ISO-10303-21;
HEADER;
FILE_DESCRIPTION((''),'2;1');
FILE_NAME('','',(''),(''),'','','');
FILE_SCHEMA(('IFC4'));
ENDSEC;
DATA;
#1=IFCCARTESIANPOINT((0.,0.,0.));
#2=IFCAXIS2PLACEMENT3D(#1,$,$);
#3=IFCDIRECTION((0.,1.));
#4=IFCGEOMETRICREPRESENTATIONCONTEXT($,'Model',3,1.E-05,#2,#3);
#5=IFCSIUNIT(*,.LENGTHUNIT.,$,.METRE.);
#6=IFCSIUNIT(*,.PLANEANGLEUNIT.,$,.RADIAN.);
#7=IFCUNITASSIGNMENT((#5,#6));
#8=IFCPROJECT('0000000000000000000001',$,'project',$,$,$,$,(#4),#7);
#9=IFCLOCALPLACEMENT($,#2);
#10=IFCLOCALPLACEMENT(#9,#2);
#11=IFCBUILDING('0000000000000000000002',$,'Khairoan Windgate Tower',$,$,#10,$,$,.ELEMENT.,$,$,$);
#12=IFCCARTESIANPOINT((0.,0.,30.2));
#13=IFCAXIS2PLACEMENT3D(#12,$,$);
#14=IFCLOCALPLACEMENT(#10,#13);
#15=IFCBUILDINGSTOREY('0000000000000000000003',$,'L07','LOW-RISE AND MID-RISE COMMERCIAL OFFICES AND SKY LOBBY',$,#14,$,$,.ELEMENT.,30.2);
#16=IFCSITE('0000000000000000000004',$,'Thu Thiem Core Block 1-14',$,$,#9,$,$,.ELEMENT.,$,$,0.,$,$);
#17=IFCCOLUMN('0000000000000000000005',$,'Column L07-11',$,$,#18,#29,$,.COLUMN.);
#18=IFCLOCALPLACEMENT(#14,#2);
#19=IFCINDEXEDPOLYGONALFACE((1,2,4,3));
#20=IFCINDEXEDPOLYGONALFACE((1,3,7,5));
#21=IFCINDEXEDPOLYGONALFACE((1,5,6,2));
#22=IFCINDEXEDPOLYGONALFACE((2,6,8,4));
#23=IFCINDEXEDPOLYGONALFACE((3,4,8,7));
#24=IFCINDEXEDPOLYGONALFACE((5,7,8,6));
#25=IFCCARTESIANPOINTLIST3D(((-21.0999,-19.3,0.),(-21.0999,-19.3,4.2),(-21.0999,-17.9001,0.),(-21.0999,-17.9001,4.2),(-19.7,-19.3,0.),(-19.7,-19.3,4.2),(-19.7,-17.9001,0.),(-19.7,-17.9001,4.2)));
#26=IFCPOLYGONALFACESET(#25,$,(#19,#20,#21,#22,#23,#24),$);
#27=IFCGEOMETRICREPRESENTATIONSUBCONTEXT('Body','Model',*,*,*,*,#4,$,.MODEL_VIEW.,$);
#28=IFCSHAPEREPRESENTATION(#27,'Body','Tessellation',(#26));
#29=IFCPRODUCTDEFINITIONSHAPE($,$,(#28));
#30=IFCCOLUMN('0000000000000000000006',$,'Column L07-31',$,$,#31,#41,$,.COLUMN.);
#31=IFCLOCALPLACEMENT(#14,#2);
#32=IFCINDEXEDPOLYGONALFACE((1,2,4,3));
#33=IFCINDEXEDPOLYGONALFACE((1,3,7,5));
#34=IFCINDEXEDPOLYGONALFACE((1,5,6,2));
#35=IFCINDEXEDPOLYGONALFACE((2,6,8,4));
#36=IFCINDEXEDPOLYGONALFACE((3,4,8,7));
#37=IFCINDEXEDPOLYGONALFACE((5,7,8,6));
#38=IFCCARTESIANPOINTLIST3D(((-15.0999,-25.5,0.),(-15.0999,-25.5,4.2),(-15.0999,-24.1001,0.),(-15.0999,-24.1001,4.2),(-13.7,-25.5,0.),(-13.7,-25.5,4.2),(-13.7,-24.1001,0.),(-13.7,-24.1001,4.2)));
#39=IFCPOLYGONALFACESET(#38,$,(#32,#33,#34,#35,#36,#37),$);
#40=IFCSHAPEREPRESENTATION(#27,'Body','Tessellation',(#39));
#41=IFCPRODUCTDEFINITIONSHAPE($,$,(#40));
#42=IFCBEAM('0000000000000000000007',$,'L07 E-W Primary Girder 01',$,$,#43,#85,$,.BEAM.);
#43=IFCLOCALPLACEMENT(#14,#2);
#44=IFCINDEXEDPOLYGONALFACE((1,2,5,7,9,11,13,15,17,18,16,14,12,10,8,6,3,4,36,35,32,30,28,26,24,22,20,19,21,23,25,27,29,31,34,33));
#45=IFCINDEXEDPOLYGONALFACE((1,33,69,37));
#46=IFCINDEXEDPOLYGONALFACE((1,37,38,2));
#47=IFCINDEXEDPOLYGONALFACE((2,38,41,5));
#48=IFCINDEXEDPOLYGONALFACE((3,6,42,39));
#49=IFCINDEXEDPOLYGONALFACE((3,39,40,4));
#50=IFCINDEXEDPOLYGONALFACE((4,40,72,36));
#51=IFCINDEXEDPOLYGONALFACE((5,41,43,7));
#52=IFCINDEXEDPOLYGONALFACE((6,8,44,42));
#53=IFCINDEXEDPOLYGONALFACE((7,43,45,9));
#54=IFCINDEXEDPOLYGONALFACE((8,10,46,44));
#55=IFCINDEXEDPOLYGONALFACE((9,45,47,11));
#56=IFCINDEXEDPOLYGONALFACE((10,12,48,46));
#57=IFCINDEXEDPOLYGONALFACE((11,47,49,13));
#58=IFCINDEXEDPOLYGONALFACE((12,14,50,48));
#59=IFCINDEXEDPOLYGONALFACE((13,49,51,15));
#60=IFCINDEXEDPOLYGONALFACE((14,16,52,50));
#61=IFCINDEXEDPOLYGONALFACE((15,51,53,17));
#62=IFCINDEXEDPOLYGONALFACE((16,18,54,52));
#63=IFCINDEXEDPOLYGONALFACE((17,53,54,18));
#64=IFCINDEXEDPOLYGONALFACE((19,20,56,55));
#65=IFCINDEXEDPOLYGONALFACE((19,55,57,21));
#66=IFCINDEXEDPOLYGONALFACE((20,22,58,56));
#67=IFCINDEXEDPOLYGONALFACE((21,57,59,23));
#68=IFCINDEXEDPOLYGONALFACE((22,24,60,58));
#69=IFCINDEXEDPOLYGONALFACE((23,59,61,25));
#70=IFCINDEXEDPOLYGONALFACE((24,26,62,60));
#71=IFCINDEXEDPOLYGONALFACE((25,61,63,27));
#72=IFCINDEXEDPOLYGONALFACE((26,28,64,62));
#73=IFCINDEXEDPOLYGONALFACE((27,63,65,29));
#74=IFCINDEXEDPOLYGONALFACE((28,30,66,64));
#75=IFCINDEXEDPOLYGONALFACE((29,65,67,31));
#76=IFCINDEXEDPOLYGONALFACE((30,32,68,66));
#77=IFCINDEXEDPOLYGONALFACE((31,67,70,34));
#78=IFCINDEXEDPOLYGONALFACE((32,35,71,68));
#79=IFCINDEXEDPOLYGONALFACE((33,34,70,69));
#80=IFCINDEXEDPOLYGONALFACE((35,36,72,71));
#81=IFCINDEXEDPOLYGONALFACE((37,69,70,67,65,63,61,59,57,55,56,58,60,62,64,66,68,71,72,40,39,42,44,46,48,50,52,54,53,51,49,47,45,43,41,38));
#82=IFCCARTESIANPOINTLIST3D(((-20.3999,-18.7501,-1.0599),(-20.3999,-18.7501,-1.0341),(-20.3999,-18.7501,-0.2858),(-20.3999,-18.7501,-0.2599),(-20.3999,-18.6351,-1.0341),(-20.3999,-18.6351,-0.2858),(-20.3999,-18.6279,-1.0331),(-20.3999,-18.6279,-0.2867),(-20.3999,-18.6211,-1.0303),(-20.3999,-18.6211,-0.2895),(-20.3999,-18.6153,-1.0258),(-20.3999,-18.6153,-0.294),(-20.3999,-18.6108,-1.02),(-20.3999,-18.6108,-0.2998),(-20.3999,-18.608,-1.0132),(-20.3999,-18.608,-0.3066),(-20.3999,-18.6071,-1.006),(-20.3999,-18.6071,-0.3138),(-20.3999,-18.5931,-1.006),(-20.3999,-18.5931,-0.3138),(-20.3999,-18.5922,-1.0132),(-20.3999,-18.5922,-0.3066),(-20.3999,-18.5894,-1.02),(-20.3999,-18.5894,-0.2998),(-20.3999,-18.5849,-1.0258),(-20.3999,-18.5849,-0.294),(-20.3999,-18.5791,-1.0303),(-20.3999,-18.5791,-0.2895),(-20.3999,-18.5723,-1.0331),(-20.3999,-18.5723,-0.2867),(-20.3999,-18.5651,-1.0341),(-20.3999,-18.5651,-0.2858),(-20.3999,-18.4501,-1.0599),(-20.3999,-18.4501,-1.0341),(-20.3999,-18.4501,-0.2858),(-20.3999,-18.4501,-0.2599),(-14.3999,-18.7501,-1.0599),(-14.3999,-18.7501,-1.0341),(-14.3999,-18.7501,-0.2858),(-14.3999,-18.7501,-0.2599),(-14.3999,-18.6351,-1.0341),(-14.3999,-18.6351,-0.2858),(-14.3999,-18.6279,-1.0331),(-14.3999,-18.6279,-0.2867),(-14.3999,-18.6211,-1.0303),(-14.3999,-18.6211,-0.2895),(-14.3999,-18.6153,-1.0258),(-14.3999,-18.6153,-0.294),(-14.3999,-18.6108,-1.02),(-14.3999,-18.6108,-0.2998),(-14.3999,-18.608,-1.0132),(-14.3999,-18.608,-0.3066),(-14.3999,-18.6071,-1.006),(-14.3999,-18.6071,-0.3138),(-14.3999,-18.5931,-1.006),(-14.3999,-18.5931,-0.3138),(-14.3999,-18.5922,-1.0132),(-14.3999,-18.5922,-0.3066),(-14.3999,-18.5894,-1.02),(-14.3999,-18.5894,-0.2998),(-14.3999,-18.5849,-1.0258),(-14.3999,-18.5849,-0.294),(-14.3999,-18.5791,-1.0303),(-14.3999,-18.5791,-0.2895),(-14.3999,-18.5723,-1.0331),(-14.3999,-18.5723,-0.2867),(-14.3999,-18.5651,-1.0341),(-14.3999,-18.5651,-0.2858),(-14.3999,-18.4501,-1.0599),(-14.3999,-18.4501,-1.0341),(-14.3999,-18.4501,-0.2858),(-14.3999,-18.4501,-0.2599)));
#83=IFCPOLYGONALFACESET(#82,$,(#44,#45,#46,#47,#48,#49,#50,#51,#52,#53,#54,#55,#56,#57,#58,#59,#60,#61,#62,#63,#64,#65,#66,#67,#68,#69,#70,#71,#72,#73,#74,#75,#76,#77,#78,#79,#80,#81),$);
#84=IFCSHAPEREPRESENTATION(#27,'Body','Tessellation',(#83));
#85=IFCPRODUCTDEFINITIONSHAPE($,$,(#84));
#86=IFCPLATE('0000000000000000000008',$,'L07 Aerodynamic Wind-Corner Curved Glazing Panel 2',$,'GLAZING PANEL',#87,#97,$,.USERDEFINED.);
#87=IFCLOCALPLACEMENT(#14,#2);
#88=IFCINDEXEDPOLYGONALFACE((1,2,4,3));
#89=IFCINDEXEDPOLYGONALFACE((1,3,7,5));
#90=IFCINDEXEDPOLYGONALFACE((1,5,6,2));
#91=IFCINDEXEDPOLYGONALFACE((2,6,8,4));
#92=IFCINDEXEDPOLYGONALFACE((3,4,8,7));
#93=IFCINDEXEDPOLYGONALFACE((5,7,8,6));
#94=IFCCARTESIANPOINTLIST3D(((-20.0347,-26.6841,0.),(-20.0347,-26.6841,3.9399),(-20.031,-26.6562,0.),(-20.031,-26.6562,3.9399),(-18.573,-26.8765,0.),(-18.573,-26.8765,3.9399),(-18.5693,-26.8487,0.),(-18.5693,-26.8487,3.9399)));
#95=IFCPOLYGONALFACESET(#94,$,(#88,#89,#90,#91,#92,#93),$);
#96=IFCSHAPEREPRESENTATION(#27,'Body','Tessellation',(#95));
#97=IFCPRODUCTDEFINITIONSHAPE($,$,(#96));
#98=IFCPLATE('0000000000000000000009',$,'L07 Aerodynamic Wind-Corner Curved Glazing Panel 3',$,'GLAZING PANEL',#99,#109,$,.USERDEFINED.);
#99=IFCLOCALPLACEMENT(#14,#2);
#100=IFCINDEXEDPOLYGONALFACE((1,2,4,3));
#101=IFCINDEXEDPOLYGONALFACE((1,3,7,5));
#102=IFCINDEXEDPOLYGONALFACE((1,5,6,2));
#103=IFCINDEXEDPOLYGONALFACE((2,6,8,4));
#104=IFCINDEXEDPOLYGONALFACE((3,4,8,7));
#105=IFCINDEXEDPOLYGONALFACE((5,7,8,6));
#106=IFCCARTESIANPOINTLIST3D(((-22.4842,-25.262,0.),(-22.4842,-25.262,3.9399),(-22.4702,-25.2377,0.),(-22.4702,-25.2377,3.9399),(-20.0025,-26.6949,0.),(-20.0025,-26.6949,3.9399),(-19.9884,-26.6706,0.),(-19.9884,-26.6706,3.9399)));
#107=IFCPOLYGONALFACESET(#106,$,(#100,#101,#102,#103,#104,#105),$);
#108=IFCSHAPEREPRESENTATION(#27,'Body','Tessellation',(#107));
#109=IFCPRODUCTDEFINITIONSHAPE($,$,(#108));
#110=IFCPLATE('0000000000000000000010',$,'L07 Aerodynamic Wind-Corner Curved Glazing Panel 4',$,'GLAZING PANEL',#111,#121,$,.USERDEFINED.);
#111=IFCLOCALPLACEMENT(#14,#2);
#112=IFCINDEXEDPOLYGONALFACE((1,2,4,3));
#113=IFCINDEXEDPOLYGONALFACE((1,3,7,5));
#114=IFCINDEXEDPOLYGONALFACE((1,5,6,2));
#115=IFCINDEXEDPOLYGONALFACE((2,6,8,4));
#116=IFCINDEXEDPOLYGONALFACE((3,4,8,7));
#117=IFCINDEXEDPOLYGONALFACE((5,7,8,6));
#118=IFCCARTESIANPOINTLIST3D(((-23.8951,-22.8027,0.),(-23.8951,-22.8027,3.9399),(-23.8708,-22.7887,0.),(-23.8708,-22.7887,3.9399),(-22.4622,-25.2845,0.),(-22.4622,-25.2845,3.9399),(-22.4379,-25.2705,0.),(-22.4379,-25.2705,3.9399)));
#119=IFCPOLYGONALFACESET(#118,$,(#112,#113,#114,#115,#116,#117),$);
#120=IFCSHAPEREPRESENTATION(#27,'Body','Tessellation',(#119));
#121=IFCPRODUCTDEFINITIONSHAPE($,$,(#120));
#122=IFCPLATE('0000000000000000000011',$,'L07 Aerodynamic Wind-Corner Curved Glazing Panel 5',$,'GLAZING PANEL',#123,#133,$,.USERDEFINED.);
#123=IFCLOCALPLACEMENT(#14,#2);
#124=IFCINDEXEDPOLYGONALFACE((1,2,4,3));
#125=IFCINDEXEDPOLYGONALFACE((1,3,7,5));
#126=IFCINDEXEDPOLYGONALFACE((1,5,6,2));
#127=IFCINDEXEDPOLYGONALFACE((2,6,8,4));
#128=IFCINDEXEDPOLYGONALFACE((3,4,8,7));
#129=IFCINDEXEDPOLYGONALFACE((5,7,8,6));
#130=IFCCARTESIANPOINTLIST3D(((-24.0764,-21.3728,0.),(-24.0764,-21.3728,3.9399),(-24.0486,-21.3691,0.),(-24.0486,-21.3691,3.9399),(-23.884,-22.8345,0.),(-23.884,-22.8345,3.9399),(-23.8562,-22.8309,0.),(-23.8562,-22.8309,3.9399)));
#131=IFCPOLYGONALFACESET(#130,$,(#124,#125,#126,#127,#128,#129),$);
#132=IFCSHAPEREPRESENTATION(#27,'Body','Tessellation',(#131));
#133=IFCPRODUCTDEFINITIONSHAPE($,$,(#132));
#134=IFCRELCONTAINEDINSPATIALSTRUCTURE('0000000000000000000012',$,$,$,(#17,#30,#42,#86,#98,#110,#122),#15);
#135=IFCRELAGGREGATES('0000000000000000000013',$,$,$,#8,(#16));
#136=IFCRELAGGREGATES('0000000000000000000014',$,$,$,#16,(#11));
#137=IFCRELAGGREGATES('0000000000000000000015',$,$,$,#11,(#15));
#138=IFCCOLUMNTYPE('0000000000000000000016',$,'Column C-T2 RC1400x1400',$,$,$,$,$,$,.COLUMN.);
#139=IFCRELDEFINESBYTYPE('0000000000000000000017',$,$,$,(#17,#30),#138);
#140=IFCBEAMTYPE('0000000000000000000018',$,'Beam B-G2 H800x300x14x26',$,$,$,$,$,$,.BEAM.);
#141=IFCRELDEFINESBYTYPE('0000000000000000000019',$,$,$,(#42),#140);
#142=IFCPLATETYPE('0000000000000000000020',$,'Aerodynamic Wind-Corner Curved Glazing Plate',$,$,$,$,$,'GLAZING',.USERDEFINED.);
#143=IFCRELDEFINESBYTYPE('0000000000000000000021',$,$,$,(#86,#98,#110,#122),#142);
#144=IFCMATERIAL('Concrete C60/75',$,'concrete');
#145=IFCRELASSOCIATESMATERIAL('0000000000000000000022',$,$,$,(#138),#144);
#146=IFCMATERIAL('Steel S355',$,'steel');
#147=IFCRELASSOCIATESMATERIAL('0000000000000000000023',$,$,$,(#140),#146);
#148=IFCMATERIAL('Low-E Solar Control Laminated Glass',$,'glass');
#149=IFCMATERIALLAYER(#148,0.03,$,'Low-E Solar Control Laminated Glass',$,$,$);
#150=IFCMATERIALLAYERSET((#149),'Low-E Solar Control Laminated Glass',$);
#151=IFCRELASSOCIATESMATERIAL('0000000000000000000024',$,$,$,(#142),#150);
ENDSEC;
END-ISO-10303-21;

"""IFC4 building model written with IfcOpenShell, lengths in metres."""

from ifc_helpers import new_model, si_unit, direction, frame, origin, origin_2d, place, context, subcontext, project, spatial, rectangle, i_section, extrude, material, layer, layer_set, material_profile, profile_set, type_object, element, save


model = new_model("IFC4")

# Units and contexts
model_context = context("Model", 3, precision=1e-05, world=origin(), true_north=direction((0.0, 1.0)))
body_context = subcontext(model_context, "Body", "Model", "MODEL_VIEW")
ifc_project = project(units=[si_unit("LENGTHUNIT", "METRE"), si_unit("PLANEANGLEUNIT", "RADIAN")], contexts=[model_context])

# Site, building, storey
site_placement = place(None, origin())
site = spatial("IfcSite", under=ifc_project, at=site_placement, Name="Thu Thiem Core Block 1-14", CompositionType="ELEMENT", RefElevation=0.0)
building_placement = place(site_placement, origin())
building = spatial("IfcBuilding", under=site, at=building_placement, Name="Khairoan Windgate Tower", CompositionType="ELEMENT")
storey_placement = place(building_placement, frame((0.0, 0.0, 30.2)))
storey = spatial("IfcBuildingStorey", under=building, at=storey_placement, Name="L07", Description="LOW-RISE AND MID-RISE COMMERCIAL OFFICES AND SKY LOBBY", CompositionType="ELEMENT", Elevation=30.2)

# Columns
ifc_material_1 = material(Name="Concrete C60/75", Category="concrete")
ifc_material_profile_1 = material_profile(ifc_material_1, rectangle(XDim=1.3999, YDim=1.3999, at=origin_2d()))
ifc_profile_set_1 = profile_set([ifc_material_profile_1], Name="Concrete C60/75")
column_type = type_object("IfcColumnType", Name="Column C-T2 RC1400x1400", PredefinedType="COLUMN", material=ifc_profile_set_1)
for number, where, z_axis, x_axis, name in (
    (1, (-20.3999, -18.6001, 0.0), (0.0, 0.0, 1.0), (1.0, 0.0, 0.0), "Column L07-11"),
    (2, (-14.3999, -24.8, 0.0), (0.0, 0.0, 1.0), (1.0, 0.0, 0.0), "Column L07-31"),
):
    element("IfcColumn", number, at=place(storey_placement, frame(where, z_axis=z_axis, x_axis=x_axis)), inside=storey, type_object=column_type, Name=name, PredefinedType="COLUMN", context=body_context, shape_type="SweptSolid", body=[
        extrude(rectangle(XDim=1.3999, YDim=1.3999, at=origin_2d()), origin(), (0.0, 0.0, 1.0), 4.2),
    ])

# Beam
ifc_material_2 = material(Name="Steel S355", Category="steel")
ifc_material_profile_2 = material_profile(ifc_material_2, i_section(OverallWidth=0.3, OverallDepth=0.8, WebThickness=0.0139, FlangeThickness=0.0259, FilletRadius=0.0281, at=origin_2d()))
ifc_profile_set_2 = profile_set([ifc_material_profile_2], Name="Steel S355")
beam_type = type_object("IfcBeamType", Name="Beam B-G2 H800x300x14x26", PredefinedType="BEAM", material=ifc_profile_set_2)
beam_placement = place(storey_placement, frame((-20.3999, -18.6001, -0.6599), z_axis=(1.0, 0.0, 0.0), x_axis=(0.0, 1.0, 0.0)))
element("IfcBeam", 3, at=beam_placement, inside=storey, type_object=beam_type, Name="L07 E-W Primary Girder 01", PredefinedType="BEAM", context=body_context, shape_type="SweptSolid", body=[
    extrude(i_section(OverallWidth=0.3, OverallDepth=0.8, WebThickness=0.0139, FlangeThickness=0.0259, FilletRadius=0.0281, at=origin_2d()), origin(), (0.0, 0.0, 1.0), 6.0),
])

# Plates
ifc_material_3 = material(Name="Low-E Solar Control Laminated Glass", Category="glass")
ifc_layer_1 = layer(ifc_material_3, 0.03, Name="Low-E Solar Control Laminated Glass")
ifc_layer_set_1 = layer_set([ifc_layer_1], Name="Low-E Solar Control Laminated Glass")
plate_type_1 = type_object("IfcPlateType", Name="Aerodynamic Wind-Corner Curved Glazing Plate", ElementType="GLAZING", PredefinedType="USERDEFINED", material=ifc_layer_set_1)
plate_1_placement = place(storey_placement, frame((-19.302, -26.7664, 0.0), z_axis=(0.0, 0.0, 1.0), x_axis=(-0.991445, 0.130526, 0.0)))
element("IfcPlate", 4, at=plate_1_placement, inside=storey, type_object=plate_type_1, Name="L07 Aerodynamic Wind-Corner Curved Glazing Panel 2", ObjectType="GLAZING PANEL", PredefinedType="USERDEFINED", context=body_context, shape_type="SweptSolid", body=[
    extrude(rectangle(XDim=1.4744, YDim=0.0281, at=origin_2d()), origin(), (0.0, 0.0, 1.0), 3.9399),
])
for number, where, z_axis, x_axis, name in (
    (5, (-21.2363, -25.9663, 0.0), (0.0, 0.0, 1.0), (-0.866025, 0.5, 0.0), "L07 Aerodynamic Wind-Corner Curved Glazing Panel 3"),
    (6, (-23.1665, -24.0366, 0.0), (0.0, 0.0, 1.0), (-0.5, 0.866025, 0.0), "L07 Aerodynamic Wind-Corner Curved Glazing Panel 4"),
):
    element("IfcPlate", number, at=place(storey_placement, frame(where, z_axis=z_axis, x_axis=x_axis)), inside=storey, type_object=plate_type_1, Name=name, ObjectType="GLAZING PANEL", PredefinedType="USERDEFINED", context=body_context, shape_type="SweptSolid", body=[
        extrude(rectangle(XDim=2.8657, YDim=0.0281, at=origin_2d()), origin(), (0.0, 0.0, 1.0), 3.9399),
    ])
plate_2_placement = place(storey_placement, frame((-23.9663, -22.1018, 0.0), z_axis=(0.0, 0.0, 1.0), x_axis=(-0.130526, 0.991445, 0.0)))
element("IfcPlate", 7, at=plate_2_placement, inside=storey, type_object=plate_type_1, Name="L07 Aerodynamic Wind-Corner Curved Glazing Panel 5", ObjectType="GLAZING PANEL", PredefinedType="USERDEFINED", context=body_context, shape_type="SweptSolid", body=[
    extrude(rectangle(XDim=1.4744, YDim=0.0281, at=origin_2d()), origin(), (0.0, 0.0, 1.0), 3.9399),
])

save(model, "model.ifc")
